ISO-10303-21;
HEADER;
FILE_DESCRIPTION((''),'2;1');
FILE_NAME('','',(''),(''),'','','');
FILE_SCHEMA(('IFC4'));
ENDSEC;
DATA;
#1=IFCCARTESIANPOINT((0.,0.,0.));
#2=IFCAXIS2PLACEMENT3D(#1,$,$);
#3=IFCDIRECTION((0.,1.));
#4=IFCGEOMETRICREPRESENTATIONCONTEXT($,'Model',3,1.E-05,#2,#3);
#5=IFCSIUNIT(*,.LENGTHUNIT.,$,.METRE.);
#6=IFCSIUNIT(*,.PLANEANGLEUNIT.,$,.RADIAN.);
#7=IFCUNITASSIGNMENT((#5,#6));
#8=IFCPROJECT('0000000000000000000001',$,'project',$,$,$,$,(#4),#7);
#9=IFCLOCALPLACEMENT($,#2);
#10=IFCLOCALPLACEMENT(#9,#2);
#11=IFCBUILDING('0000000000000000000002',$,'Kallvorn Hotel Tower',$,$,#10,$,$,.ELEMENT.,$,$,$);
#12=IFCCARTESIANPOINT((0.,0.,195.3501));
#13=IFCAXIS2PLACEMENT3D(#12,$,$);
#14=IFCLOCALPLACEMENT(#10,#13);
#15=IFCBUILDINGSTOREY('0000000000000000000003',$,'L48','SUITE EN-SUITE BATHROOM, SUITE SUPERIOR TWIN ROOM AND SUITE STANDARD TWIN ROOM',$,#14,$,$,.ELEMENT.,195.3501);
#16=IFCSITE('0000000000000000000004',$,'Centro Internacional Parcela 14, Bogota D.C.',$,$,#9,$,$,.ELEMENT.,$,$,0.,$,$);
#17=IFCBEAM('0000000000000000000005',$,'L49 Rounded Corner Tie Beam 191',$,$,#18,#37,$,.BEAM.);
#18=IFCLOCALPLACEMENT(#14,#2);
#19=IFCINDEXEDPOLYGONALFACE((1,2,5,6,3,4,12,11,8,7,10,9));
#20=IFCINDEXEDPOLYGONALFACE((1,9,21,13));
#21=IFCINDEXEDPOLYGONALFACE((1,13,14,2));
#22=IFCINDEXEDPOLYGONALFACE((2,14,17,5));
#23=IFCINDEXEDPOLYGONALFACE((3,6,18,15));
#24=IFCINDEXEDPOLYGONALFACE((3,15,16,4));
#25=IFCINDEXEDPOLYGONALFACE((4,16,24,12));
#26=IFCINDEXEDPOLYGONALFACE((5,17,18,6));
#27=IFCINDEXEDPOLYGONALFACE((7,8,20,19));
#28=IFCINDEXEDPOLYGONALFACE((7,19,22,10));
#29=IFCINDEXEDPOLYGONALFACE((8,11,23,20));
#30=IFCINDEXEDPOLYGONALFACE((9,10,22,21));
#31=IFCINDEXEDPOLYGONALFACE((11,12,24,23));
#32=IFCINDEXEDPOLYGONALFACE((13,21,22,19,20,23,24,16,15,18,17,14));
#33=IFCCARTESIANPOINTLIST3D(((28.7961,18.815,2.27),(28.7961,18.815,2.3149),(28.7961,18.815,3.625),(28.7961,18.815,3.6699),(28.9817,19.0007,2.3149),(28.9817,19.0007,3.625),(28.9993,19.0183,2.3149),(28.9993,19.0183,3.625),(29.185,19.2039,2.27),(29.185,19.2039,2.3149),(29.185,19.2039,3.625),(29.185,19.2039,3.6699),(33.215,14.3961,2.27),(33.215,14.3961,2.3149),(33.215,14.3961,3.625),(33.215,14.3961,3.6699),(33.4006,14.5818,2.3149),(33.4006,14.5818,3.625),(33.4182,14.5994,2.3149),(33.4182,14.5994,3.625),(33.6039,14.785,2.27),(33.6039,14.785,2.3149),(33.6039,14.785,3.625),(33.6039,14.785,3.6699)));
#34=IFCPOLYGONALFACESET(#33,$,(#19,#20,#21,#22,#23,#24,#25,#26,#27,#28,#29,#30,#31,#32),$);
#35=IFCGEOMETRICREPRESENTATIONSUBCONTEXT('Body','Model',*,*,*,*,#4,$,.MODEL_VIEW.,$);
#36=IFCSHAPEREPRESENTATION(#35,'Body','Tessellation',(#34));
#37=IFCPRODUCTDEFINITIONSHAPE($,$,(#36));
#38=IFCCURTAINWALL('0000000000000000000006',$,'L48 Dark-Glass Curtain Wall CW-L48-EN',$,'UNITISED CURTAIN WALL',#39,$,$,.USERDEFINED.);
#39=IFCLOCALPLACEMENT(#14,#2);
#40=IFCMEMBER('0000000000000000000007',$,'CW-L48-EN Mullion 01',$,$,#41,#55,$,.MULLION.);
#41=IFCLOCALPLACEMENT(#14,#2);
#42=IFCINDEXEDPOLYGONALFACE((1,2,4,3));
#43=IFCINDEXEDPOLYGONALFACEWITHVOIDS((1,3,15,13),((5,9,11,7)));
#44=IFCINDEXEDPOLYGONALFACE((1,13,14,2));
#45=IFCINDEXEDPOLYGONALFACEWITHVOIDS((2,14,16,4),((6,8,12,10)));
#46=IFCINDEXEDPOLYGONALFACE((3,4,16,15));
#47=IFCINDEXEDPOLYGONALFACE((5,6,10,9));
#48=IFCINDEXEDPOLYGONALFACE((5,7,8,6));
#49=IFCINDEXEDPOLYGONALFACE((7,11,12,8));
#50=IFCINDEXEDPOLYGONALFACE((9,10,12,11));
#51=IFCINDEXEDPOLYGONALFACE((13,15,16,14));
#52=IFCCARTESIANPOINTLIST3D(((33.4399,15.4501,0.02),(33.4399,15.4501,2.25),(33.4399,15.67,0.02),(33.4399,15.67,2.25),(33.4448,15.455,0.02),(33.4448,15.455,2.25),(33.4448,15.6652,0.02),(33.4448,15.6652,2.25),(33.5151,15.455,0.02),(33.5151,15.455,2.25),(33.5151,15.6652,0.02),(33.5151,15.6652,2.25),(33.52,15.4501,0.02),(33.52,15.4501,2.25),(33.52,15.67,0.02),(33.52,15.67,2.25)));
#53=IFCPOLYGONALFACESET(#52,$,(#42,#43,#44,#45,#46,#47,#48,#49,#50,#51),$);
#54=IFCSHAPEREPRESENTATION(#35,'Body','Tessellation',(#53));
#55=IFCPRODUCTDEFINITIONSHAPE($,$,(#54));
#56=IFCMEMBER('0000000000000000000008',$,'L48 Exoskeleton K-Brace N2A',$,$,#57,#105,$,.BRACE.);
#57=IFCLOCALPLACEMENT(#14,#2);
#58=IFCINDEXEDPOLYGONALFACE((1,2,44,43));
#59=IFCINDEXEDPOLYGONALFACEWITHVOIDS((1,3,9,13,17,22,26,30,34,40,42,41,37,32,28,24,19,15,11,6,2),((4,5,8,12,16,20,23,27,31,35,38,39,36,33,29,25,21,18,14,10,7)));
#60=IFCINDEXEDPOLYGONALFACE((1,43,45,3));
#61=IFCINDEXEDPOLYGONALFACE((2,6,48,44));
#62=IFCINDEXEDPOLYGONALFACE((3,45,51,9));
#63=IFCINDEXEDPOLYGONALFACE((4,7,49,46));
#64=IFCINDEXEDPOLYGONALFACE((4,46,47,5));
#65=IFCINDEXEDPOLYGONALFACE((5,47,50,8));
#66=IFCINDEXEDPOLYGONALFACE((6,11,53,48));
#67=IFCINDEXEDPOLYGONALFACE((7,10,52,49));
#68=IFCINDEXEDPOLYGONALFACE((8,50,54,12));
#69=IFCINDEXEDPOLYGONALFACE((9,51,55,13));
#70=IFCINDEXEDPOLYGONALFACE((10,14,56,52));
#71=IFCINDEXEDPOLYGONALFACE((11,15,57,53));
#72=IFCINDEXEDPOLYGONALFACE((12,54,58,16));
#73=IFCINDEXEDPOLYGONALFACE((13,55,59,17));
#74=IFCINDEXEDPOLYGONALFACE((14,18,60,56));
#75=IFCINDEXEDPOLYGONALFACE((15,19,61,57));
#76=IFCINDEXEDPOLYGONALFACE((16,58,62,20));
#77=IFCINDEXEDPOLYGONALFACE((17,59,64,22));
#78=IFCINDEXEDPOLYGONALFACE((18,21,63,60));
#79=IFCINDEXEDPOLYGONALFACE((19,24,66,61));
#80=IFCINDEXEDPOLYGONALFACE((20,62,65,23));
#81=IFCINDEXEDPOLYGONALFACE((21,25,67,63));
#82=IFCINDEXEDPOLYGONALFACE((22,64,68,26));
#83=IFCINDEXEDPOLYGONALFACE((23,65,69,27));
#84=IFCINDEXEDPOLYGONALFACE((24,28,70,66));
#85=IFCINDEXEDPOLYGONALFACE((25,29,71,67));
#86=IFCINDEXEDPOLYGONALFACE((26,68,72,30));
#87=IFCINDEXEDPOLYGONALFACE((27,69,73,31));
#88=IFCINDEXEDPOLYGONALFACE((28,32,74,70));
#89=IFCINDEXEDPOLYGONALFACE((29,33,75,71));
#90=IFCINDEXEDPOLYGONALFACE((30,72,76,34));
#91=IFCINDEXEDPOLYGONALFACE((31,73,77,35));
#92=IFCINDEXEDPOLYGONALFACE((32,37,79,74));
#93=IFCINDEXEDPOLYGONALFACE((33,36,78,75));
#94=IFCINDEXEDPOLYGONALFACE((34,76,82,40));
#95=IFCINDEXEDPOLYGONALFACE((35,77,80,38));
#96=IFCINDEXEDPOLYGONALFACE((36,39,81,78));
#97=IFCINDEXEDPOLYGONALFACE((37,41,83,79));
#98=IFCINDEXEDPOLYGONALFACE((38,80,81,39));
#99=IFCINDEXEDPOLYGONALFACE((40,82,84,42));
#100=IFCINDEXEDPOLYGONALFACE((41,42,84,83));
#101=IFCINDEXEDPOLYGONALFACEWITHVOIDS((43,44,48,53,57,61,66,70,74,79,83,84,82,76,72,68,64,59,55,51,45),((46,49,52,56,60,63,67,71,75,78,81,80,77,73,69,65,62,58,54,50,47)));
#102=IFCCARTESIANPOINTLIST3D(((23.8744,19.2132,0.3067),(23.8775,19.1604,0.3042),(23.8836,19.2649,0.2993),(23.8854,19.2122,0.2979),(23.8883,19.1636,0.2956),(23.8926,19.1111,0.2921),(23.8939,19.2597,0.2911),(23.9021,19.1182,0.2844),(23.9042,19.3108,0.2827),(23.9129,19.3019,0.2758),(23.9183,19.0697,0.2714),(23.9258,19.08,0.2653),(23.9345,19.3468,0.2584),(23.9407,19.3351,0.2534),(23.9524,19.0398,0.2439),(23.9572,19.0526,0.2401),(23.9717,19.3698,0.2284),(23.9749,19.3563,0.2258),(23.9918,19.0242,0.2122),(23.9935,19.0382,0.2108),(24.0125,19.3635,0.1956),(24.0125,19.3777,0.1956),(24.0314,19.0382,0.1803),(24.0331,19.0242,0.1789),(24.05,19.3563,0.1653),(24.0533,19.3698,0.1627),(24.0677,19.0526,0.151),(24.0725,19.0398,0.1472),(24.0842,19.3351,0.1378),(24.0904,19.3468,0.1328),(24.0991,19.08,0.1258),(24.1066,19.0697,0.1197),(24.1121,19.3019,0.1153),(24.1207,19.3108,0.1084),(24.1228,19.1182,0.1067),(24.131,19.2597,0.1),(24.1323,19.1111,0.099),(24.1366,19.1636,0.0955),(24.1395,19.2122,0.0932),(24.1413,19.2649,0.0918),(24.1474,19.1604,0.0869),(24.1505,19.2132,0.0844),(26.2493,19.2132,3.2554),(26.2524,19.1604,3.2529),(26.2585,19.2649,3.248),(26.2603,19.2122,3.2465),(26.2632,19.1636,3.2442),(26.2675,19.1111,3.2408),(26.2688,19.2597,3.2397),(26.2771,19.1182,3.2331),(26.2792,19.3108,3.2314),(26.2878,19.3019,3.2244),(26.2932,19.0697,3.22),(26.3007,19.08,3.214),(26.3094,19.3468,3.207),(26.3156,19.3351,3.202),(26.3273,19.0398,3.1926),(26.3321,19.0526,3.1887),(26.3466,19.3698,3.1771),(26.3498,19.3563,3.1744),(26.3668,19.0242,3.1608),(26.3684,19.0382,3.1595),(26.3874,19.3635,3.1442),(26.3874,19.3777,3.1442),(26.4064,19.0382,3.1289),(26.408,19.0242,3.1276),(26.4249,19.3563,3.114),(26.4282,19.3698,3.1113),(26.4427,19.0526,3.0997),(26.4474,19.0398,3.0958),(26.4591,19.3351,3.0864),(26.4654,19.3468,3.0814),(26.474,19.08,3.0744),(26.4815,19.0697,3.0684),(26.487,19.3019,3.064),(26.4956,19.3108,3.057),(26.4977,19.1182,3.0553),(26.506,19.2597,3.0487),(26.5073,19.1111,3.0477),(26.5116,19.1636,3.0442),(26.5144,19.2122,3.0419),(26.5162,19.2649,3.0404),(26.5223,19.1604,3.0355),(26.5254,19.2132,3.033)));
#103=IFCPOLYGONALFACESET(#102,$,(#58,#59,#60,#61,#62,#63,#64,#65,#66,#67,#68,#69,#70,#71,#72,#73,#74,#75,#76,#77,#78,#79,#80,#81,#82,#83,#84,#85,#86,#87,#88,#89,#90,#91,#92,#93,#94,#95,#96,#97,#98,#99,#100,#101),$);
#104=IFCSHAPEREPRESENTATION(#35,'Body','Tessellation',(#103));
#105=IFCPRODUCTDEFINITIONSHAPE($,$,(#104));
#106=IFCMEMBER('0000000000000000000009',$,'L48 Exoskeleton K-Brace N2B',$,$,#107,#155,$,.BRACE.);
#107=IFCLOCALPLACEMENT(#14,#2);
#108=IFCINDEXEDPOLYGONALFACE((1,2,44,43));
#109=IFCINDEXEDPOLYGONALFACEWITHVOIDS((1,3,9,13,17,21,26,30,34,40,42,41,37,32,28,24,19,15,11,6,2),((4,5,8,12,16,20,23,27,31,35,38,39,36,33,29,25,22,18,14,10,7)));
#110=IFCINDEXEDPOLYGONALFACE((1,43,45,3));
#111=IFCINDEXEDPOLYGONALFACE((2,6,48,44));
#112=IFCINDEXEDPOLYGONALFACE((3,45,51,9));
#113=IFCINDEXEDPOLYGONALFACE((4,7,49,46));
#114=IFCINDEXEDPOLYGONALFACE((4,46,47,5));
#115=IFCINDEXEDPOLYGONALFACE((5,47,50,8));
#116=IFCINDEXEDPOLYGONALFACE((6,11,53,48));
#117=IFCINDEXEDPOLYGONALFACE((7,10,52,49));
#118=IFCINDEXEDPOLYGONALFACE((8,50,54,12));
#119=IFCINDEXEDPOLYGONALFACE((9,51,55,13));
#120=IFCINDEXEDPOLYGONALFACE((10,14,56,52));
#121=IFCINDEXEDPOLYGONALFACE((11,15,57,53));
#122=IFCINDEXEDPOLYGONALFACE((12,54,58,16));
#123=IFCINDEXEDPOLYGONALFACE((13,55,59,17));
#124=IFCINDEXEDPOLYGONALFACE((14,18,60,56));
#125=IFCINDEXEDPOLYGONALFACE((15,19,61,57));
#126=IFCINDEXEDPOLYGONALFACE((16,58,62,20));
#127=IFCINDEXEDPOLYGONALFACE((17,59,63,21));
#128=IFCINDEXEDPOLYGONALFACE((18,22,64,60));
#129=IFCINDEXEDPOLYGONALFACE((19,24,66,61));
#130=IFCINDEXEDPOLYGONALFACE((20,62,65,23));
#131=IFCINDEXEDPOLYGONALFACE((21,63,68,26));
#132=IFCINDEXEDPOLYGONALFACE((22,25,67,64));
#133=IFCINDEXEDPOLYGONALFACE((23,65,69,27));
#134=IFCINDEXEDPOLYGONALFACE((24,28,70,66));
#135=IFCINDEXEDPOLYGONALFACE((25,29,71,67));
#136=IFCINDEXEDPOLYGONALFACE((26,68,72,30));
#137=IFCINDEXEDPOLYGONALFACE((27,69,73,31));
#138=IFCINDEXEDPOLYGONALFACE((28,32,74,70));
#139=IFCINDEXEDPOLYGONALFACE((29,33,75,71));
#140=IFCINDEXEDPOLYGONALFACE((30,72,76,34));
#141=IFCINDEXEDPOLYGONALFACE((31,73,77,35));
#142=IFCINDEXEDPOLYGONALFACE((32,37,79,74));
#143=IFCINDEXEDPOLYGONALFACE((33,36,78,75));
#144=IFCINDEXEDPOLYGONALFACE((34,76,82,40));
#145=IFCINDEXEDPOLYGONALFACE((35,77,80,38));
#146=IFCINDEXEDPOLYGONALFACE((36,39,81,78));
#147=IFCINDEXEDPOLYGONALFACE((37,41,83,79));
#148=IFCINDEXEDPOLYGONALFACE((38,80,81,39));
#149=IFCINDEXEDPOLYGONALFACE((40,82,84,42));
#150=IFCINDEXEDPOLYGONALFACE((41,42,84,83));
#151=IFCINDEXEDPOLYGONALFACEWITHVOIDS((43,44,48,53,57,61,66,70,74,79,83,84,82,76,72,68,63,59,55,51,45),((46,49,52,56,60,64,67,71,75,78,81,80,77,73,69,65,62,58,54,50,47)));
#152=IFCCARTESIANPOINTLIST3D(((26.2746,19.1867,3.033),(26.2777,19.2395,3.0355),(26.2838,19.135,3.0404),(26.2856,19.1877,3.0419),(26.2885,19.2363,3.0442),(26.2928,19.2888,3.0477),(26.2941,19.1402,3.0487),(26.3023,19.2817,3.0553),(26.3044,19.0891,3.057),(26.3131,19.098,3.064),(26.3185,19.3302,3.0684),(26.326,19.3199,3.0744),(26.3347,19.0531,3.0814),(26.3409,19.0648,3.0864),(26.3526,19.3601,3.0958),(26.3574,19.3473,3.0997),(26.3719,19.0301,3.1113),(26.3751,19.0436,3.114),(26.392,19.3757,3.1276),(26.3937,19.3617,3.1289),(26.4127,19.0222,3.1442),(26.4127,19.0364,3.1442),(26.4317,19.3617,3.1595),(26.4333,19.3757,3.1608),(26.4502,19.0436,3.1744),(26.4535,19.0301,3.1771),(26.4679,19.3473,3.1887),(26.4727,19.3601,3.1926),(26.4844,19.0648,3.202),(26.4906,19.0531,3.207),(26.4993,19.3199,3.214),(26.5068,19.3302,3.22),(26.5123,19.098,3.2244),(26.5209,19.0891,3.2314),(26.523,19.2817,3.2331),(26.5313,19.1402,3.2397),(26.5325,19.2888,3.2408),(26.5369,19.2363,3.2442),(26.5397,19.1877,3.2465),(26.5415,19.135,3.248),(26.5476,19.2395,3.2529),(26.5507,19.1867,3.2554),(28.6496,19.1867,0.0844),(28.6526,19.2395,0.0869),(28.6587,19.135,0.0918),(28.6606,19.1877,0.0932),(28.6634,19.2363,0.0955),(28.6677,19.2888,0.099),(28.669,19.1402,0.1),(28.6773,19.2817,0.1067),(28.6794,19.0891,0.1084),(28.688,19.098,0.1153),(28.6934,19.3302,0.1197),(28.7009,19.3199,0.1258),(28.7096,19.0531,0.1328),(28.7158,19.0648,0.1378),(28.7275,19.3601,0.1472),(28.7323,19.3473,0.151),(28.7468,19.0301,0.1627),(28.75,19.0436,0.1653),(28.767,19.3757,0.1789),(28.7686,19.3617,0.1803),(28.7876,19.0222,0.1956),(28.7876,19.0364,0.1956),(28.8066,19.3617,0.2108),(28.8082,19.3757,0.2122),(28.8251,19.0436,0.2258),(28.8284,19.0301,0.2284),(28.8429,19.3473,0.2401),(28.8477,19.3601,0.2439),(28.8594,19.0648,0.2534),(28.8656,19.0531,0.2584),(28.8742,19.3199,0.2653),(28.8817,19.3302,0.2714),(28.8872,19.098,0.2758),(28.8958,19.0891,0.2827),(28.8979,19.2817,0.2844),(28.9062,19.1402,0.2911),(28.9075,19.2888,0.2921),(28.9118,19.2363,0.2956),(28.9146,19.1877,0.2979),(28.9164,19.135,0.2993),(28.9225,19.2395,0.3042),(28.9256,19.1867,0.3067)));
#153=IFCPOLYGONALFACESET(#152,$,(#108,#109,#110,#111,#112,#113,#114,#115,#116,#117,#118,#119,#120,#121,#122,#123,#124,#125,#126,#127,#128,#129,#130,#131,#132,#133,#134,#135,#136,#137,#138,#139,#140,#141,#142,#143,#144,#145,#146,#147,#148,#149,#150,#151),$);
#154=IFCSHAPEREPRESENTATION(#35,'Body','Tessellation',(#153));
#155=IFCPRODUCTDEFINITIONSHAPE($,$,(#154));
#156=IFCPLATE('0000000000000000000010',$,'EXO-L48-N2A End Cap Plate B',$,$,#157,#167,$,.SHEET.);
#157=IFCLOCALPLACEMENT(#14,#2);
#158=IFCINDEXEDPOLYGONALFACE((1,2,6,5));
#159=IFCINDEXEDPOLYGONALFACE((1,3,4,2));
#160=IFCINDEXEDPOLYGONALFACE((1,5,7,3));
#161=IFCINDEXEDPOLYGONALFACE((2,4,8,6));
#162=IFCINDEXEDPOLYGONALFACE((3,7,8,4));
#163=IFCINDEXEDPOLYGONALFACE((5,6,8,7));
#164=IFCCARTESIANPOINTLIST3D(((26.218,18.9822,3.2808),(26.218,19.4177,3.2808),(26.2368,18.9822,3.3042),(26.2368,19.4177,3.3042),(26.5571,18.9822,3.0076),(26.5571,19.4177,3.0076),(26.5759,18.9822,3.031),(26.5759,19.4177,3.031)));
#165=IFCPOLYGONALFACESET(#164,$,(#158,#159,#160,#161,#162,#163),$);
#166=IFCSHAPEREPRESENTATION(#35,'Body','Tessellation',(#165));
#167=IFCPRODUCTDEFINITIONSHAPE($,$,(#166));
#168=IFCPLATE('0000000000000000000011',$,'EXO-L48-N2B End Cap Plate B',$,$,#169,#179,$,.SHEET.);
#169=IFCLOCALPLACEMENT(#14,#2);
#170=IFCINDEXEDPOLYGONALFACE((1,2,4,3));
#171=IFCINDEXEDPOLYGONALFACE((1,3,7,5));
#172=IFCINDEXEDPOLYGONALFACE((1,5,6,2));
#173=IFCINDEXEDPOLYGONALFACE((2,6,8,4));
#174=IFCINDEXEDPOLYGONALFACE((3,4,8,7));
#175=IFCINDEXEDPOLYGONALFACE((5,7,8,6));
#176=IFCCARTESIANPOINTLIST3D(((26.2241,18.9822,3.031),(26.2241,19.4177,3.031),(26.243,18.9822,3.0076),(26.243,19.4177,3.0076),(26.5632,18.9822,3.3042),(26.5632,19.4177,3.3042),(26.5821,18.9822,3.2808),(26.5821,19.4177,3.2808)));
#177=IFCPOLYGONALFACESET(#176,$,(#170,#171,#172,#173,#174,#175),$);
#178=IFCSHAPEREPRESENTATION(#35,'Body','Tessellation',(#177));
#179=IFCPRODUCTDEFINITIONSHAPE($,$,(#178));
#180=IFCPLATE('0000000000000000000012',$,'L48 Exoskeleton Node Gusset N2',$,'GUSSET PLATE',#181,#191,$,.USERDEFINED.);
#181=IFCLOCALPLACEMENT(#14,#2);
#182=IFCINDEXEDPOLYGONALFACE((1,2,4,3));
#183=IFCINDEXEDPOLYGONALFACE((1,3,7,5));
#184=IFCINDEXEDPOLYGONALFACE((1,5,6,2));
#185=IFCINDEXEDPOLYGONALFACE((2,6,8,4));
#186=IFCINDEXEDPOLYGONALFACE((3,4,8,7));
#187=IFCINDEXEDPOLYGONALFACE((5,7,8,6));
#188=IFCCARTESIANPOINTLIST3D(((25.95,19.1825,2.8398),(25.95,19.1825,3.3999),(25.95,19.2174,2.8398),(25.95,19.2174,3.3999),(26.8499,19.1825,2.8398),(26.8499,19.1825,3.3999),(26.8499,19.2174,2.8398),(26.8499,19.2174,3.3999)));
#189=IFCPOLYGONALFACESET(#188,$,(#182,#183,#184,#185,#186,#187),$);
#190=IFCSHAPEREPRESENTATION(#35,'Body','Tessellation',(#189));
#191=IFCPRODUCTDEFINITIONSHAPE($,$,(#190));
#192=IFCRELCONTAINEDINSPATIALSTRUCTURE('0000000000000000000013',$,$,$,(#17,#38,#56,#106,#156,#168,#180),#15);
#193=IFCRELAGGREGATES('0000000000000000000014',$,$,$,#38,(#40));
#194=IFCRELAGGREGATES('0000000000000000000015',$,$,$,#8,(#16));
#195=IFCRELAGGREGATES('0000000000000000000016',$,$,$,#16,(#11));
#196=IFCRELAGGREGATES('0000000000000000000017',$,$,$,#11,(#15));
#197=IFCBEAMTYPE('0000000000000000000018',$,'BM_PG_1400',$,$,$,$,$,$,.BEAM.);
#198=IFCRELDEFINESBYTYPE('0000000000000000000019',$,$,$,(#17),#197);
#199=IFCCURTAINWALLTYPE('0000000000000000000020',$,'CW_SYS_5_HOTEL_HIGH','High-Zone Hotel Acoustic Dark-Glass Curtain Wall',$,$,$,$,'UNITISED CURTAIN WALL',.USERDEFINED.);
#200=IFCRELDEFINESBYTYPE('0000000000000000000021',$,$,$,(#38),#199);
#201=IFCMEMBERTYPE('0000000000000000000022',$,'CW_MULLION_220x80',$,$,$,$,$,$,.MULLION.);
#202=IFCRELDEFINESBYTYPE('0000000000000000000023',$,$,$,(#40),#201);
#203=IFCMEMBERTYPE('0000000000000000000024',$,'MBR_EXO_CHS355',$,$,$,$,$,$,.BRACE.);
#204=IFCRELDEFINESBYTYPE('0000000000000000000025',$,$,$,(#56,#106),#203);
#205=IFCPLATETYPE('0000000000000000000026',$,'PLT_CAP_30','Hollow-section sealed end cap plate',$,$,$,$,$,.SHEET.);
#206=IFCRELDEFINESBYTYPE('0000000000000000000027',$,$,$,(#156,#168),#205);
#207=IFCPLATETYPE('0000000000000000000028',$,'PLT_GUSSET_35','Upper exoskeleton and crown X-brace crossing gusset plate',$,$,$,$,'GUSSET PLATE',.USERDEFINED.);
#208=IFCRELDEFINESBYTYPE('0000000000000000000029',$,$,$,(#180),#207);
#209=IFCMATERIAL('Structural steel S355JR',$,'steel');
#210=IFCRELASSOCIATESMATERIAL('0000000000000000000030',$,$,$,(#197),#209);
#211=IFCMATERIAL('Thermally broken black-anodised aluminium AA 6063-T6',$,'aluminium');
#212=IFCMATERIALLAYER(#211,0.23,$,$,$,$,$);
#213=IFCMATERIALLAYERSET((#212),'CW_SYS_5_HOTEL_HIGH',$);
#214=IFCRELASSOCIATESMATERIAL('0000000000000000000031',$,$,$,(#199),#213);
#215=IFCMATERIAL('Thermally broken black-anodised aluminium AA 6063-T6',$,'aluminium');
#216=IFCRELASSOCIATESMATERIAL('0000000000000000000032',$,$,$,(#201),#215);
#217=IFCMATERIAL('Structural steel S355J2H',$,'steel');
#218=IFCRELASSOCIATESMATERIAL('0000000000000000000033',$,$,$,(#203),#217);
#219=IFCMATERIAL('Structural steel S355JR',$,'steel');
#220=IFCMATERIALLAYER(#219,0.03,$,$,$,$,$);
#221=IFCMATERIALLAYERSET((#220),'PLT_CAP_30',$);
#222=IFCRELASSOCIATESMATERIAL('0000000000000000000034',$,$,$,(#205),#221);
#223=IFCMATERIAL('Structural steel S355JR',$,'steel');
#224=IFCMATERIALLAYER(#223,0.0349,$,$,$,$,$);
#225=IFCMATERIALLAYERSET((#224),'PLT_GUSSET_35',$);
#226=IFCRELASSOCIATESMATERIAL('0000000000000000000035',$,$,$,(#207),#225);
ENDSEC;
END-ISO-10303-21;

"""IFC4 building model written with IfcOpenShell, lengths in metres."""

from ifc_helpers import new_model, si_unit, direction, frame, origin, origin_2d, place, context, subcontext, project, spatial, polyline, rectangle, hollow_rectangle, hollow_circle, i_section, outline, extrude, material, layer, layer_set, material_profile, profile_set, type_object, element, aggregate, save


model = new_model("IFC4")

# Units and contexts
model_context = context("Model", 3, precision=1e-05, world=origin(), true_north=direction((0.0, 1.0)))
body_context = subcontext(model_context, "Body", "Model", "MODEL_VIEW")
ifc_project = project(units=[si_unit("LENGTHUNIT", "METRE"), si_unit("PLANEANGLEUNIT", "RADIAN")], contexts=[model_context])

# Site, building, storey
site_placement = place(None, origin())
site = spatial("IfcSite", under=ifc_project, at=site_placement, Name="Centro Internacional Parcela 14, Bogota D.C.", CompositionType="ELEMENT", RefElevation=0.0)
building_placement = place(site_placement, origin())
building = spatial("IfcBuilding", under=site, at=building_placement, Name="Kallvorn Hotel Tower", CompositionType="ELEMENT")
storey_placement = place(building_placement, frame((0.0, 0.0, 195.3501)))
storey = spatial("IfcBuildingStorey", under=building, at=storey_placement, Name="L48", Description="SUITE EN-SUITE BATHROOM, SUITE SUPERIOR TWIN ROOM AND SUITE STANDARD TWIN ROOM", CompositionType="ELEMENT", Elevation=195.3501)

# Beam
ifc_material_1 = material(Name="Structural steel S355JR", Category="steel")
ifc_material_profile_1 = material_profile(ifc_material_1, i_section(OverallWidth=0.55, OverallDepth=1.3999, WebThickness=0.0249, FlangeThickness=0.0449, at=origin_2d()), Name="PG 1400x550x25x45")
ifc_profile_set_1 = profile_set([ifc_material_profile_1], Name="Structural steel S355JR")
beam_type_1 = type_object("IfcBeamType", Name="BM_PG_1400", PredefinedType="BEAM", material=ifc_profile_set_1)
beam_1_placement = place(storey_placement, frame((33.4094, 14.5906, 2.97), z_axis=(-0.707107, 0.707107, 0.0), x_axis=(-0.707107, -0.707107, 0.0)))
element("IfcBeam", 1, at=beam_1_placement, inside=storey, type_object=beam_type_1, Name="L49 Rounded Corner Tie Beam 191", PredefinedType="BEAM", context=body_context, shape_type="SweptSolid", body=[
    extrude(i_section(OverallWidth=0.55, OverallDepth=1.3999, WebThickness=0.0249, FlangeThickness=0.0449, at=origin_2d()), origin(), (0.0, 0.0, 1.0), 6.2493),
])

# Curtain wall, member
ifc_material_2 = material(Name="Thermally broken black-anodised aluminium AA 6063-T6", Category="aluminium")
ifc_layer_1 = layer(ifc_material_2, 0.23)
ifc_layer_set_1 = layer_set([ifc_layer_1], Name="CW_SYS_5_HOTEL_HIGH")
curtain_wall_type = type_object("IfcCurtainWallType", Name="CW_SYS_5_HOTEL_HIGH", Description="High-Zone Hotel Acoustic Dark-Glass Curtain Wall", ElementType="UNITISED CURTAIN WALL", PredefinedType="USERDEFINED", material=ifc_layer_set_1)
curtain_wall_placement = place(storey_placement, origin())
curtain_wall = element("IfcCurtainWall", 2, at=curtain_wall_placement, inside=storey, type_object=curtain_wall_type, Name="L48 Dark-Glass Curtain Wall CW-L48-EN", ObjectType="UNITISED CURTAIN WALL", PredefinedType="USERDEFINED")
ifc_material_3 = material(Name="Thermally broken black-anodised aluminium AA 6063-T6", Category="aluminium")
ifc_material_profile_2 = material_profile(ifc_material_3, hollow_rectangle(XDim=0.0801, YDim=0.22, WallThickness=0.0049, at=origin_2d()), Name="MUL 220x80")
ifc_profile_set_2 = profile_set([ifc_material_profile_2], Name="Thermally broken black-anodised aluminium AA 6063-T6")
member_type_1 = type_object("IfcMemberType", Name="CW_MULLION_220x80", PredefinedType="MULLION", material=ifc_profile_set_2)
member_placement = place(storey_placement, frame((33.48, 15.5601, 0.02), z_axis=(0.0, 0.0, 1.0), x_axis=(1.0, 0.0, 0.0)))
member = element("IfcMember", 3, at=member_placement, type_object=member_type_1, Name="CW-L48-EN Mullion 01", PredefinedType="MULLION", context=body_context, shape_type="SweptSolid", body=[
    extrude(hollow_rectangle(XDim=0.0801, YDim=0.22, WallThickness=0.0049, at=origin_2d()), origin(), (0.0, 0.0, 1.0), 2.23),
])
aggregate(curtain_wall, [member])

# Members
ifc_material_4 = material(Name="Structural steel S355J2H", Category="steel")
ifc_material_profile_3 = material_profile(ifc_material_4, hollow_circle(Radius=0.1777, WallThickness=0.0142, at=origin_2d()), Name="CHS 355.6x14.2")
ifc_profile_set_3 = profile_set([ifc_material_profile_3], Name="Structural steel S355J2H")
member_type_2 = type_object("IfcMemberType", Name="MBR_EXO_CHS355", PredefinedType="BRACE", material=ifc_profile_set_3)
for number, where, z_axis, x_axis, name in (
    (4, (24.0125, 19.2, 0.1956), (0.627271, 0.0, 0.778801), (0.0, 1.0, 0.0), "L48 Exoskeleton K-Brace N2A"),
    (5, (28.7876, 19.2, 0.1956), (-0.627271, 0.0, 0.778801), (0.0, -1.0, 0.0), "L48 Exoskeleton K-Brace N2B"),
):
    element("IfcMember", number, at=place(storey_placement, frame(where, z_axis=z_axis, x_axis=x_axis)), inside=storey, type_object=member_type_2, Name=name, PredefinedType="BRACE", context=body_context, shape_type="SweptSolid", body=[
        extrude(hollow_circle(Radius=0.1777, WallThickness=0.0142, at=origin_2d()), origin(), (0.0, 0.0, 1.0), 3.7861),
    ])

# Plates
ifc_material_5 = material(Name="Structural steel S355JR", Category="steel")
ifc_layer_2 = layer(ifc_material_5, 0.03)
ifc_layer_set_2 = layer_set([ifc_layer_2], Name="PLT_CAP_30")
plate_type_1 = type_object("IfcPlateType", Name="PLT_CAP_30", Description="Hollow-section sealed end cap plate", PredefinedType="SHEET", material=ifc_layer_set_2)
for number, where, z_axis, x_axis, name in (
    (6, (26.5759, 18.9822, 3.031), (0.627358, 0.0, 0.778731), (0.0, 1.0, 0.0), "EXO-L48-N2A End Cap Plate B"),
    (7, (26.2241, 19.4177, 3.031), (-0.627358, 0.0, 0.778731), (0.0, -1.0, 0.0), "EXO-L48-N2B End Cap Plate B"),
):
    element("IfcPlate", number, at=place(storey_placement, frame(where, z_axis=z_axis, x_axis=x_axis)), inside=storey, type_object=plate_type_1, Name=name, PredefinedType="SHEET", context=body_context, shape_type="SweptSolid", body=[
        extrude(outline(polyline([(0.0, 0.0), (0.4355, 0.0), (0.4355, 0.4355), (0.0, 0.4355), (0.0, 0.0)])), origin(), (0.0, 0.0, -1.0), 0.03),
    ])
ifc_material_6 = material(Name="Structural steel S355JR", Category="steel")
ifc_layer_3 = layer(ifc_material_6, 0.0349)
ifc_layer_set_3 = layer_set([ifc_layer_3], Name="PLT_GUSSET_35")
plate_type_2 = type_object("IfcPlateType", Name="PLT_GUSSET_35", Description="Upper exoskeleton and crown X-brace crossing gusset plate", ElementType="GUSSET PLATE", PredefinedType="USERDEFINED", material=ifc_layer_set_3)
plate_placement = place(storey_placement, frame((26.3999, 19.2, 2.8398), z_axis=(0.0, 0.0, 1.0), x_axis=(1.0, 0.0, 0.0)))
element("IfcPlate", 8, at=plate_placement, inside=storey, type_object=plate_type_2, Name="L48 Exoskeleton Node Gusset N2", ObjectType="GUSSET PLATE", PredefinedType="USERDEFINED", context=body_context, shape_type="SweptSolid", body=[
    extrude(rectangle(XDim=0.8999, YDim=0.0349, at=origin_2d()), origin(), (0.0, 0.0, 1.0), 0.5601),
])

save(model, "model.ifc")
